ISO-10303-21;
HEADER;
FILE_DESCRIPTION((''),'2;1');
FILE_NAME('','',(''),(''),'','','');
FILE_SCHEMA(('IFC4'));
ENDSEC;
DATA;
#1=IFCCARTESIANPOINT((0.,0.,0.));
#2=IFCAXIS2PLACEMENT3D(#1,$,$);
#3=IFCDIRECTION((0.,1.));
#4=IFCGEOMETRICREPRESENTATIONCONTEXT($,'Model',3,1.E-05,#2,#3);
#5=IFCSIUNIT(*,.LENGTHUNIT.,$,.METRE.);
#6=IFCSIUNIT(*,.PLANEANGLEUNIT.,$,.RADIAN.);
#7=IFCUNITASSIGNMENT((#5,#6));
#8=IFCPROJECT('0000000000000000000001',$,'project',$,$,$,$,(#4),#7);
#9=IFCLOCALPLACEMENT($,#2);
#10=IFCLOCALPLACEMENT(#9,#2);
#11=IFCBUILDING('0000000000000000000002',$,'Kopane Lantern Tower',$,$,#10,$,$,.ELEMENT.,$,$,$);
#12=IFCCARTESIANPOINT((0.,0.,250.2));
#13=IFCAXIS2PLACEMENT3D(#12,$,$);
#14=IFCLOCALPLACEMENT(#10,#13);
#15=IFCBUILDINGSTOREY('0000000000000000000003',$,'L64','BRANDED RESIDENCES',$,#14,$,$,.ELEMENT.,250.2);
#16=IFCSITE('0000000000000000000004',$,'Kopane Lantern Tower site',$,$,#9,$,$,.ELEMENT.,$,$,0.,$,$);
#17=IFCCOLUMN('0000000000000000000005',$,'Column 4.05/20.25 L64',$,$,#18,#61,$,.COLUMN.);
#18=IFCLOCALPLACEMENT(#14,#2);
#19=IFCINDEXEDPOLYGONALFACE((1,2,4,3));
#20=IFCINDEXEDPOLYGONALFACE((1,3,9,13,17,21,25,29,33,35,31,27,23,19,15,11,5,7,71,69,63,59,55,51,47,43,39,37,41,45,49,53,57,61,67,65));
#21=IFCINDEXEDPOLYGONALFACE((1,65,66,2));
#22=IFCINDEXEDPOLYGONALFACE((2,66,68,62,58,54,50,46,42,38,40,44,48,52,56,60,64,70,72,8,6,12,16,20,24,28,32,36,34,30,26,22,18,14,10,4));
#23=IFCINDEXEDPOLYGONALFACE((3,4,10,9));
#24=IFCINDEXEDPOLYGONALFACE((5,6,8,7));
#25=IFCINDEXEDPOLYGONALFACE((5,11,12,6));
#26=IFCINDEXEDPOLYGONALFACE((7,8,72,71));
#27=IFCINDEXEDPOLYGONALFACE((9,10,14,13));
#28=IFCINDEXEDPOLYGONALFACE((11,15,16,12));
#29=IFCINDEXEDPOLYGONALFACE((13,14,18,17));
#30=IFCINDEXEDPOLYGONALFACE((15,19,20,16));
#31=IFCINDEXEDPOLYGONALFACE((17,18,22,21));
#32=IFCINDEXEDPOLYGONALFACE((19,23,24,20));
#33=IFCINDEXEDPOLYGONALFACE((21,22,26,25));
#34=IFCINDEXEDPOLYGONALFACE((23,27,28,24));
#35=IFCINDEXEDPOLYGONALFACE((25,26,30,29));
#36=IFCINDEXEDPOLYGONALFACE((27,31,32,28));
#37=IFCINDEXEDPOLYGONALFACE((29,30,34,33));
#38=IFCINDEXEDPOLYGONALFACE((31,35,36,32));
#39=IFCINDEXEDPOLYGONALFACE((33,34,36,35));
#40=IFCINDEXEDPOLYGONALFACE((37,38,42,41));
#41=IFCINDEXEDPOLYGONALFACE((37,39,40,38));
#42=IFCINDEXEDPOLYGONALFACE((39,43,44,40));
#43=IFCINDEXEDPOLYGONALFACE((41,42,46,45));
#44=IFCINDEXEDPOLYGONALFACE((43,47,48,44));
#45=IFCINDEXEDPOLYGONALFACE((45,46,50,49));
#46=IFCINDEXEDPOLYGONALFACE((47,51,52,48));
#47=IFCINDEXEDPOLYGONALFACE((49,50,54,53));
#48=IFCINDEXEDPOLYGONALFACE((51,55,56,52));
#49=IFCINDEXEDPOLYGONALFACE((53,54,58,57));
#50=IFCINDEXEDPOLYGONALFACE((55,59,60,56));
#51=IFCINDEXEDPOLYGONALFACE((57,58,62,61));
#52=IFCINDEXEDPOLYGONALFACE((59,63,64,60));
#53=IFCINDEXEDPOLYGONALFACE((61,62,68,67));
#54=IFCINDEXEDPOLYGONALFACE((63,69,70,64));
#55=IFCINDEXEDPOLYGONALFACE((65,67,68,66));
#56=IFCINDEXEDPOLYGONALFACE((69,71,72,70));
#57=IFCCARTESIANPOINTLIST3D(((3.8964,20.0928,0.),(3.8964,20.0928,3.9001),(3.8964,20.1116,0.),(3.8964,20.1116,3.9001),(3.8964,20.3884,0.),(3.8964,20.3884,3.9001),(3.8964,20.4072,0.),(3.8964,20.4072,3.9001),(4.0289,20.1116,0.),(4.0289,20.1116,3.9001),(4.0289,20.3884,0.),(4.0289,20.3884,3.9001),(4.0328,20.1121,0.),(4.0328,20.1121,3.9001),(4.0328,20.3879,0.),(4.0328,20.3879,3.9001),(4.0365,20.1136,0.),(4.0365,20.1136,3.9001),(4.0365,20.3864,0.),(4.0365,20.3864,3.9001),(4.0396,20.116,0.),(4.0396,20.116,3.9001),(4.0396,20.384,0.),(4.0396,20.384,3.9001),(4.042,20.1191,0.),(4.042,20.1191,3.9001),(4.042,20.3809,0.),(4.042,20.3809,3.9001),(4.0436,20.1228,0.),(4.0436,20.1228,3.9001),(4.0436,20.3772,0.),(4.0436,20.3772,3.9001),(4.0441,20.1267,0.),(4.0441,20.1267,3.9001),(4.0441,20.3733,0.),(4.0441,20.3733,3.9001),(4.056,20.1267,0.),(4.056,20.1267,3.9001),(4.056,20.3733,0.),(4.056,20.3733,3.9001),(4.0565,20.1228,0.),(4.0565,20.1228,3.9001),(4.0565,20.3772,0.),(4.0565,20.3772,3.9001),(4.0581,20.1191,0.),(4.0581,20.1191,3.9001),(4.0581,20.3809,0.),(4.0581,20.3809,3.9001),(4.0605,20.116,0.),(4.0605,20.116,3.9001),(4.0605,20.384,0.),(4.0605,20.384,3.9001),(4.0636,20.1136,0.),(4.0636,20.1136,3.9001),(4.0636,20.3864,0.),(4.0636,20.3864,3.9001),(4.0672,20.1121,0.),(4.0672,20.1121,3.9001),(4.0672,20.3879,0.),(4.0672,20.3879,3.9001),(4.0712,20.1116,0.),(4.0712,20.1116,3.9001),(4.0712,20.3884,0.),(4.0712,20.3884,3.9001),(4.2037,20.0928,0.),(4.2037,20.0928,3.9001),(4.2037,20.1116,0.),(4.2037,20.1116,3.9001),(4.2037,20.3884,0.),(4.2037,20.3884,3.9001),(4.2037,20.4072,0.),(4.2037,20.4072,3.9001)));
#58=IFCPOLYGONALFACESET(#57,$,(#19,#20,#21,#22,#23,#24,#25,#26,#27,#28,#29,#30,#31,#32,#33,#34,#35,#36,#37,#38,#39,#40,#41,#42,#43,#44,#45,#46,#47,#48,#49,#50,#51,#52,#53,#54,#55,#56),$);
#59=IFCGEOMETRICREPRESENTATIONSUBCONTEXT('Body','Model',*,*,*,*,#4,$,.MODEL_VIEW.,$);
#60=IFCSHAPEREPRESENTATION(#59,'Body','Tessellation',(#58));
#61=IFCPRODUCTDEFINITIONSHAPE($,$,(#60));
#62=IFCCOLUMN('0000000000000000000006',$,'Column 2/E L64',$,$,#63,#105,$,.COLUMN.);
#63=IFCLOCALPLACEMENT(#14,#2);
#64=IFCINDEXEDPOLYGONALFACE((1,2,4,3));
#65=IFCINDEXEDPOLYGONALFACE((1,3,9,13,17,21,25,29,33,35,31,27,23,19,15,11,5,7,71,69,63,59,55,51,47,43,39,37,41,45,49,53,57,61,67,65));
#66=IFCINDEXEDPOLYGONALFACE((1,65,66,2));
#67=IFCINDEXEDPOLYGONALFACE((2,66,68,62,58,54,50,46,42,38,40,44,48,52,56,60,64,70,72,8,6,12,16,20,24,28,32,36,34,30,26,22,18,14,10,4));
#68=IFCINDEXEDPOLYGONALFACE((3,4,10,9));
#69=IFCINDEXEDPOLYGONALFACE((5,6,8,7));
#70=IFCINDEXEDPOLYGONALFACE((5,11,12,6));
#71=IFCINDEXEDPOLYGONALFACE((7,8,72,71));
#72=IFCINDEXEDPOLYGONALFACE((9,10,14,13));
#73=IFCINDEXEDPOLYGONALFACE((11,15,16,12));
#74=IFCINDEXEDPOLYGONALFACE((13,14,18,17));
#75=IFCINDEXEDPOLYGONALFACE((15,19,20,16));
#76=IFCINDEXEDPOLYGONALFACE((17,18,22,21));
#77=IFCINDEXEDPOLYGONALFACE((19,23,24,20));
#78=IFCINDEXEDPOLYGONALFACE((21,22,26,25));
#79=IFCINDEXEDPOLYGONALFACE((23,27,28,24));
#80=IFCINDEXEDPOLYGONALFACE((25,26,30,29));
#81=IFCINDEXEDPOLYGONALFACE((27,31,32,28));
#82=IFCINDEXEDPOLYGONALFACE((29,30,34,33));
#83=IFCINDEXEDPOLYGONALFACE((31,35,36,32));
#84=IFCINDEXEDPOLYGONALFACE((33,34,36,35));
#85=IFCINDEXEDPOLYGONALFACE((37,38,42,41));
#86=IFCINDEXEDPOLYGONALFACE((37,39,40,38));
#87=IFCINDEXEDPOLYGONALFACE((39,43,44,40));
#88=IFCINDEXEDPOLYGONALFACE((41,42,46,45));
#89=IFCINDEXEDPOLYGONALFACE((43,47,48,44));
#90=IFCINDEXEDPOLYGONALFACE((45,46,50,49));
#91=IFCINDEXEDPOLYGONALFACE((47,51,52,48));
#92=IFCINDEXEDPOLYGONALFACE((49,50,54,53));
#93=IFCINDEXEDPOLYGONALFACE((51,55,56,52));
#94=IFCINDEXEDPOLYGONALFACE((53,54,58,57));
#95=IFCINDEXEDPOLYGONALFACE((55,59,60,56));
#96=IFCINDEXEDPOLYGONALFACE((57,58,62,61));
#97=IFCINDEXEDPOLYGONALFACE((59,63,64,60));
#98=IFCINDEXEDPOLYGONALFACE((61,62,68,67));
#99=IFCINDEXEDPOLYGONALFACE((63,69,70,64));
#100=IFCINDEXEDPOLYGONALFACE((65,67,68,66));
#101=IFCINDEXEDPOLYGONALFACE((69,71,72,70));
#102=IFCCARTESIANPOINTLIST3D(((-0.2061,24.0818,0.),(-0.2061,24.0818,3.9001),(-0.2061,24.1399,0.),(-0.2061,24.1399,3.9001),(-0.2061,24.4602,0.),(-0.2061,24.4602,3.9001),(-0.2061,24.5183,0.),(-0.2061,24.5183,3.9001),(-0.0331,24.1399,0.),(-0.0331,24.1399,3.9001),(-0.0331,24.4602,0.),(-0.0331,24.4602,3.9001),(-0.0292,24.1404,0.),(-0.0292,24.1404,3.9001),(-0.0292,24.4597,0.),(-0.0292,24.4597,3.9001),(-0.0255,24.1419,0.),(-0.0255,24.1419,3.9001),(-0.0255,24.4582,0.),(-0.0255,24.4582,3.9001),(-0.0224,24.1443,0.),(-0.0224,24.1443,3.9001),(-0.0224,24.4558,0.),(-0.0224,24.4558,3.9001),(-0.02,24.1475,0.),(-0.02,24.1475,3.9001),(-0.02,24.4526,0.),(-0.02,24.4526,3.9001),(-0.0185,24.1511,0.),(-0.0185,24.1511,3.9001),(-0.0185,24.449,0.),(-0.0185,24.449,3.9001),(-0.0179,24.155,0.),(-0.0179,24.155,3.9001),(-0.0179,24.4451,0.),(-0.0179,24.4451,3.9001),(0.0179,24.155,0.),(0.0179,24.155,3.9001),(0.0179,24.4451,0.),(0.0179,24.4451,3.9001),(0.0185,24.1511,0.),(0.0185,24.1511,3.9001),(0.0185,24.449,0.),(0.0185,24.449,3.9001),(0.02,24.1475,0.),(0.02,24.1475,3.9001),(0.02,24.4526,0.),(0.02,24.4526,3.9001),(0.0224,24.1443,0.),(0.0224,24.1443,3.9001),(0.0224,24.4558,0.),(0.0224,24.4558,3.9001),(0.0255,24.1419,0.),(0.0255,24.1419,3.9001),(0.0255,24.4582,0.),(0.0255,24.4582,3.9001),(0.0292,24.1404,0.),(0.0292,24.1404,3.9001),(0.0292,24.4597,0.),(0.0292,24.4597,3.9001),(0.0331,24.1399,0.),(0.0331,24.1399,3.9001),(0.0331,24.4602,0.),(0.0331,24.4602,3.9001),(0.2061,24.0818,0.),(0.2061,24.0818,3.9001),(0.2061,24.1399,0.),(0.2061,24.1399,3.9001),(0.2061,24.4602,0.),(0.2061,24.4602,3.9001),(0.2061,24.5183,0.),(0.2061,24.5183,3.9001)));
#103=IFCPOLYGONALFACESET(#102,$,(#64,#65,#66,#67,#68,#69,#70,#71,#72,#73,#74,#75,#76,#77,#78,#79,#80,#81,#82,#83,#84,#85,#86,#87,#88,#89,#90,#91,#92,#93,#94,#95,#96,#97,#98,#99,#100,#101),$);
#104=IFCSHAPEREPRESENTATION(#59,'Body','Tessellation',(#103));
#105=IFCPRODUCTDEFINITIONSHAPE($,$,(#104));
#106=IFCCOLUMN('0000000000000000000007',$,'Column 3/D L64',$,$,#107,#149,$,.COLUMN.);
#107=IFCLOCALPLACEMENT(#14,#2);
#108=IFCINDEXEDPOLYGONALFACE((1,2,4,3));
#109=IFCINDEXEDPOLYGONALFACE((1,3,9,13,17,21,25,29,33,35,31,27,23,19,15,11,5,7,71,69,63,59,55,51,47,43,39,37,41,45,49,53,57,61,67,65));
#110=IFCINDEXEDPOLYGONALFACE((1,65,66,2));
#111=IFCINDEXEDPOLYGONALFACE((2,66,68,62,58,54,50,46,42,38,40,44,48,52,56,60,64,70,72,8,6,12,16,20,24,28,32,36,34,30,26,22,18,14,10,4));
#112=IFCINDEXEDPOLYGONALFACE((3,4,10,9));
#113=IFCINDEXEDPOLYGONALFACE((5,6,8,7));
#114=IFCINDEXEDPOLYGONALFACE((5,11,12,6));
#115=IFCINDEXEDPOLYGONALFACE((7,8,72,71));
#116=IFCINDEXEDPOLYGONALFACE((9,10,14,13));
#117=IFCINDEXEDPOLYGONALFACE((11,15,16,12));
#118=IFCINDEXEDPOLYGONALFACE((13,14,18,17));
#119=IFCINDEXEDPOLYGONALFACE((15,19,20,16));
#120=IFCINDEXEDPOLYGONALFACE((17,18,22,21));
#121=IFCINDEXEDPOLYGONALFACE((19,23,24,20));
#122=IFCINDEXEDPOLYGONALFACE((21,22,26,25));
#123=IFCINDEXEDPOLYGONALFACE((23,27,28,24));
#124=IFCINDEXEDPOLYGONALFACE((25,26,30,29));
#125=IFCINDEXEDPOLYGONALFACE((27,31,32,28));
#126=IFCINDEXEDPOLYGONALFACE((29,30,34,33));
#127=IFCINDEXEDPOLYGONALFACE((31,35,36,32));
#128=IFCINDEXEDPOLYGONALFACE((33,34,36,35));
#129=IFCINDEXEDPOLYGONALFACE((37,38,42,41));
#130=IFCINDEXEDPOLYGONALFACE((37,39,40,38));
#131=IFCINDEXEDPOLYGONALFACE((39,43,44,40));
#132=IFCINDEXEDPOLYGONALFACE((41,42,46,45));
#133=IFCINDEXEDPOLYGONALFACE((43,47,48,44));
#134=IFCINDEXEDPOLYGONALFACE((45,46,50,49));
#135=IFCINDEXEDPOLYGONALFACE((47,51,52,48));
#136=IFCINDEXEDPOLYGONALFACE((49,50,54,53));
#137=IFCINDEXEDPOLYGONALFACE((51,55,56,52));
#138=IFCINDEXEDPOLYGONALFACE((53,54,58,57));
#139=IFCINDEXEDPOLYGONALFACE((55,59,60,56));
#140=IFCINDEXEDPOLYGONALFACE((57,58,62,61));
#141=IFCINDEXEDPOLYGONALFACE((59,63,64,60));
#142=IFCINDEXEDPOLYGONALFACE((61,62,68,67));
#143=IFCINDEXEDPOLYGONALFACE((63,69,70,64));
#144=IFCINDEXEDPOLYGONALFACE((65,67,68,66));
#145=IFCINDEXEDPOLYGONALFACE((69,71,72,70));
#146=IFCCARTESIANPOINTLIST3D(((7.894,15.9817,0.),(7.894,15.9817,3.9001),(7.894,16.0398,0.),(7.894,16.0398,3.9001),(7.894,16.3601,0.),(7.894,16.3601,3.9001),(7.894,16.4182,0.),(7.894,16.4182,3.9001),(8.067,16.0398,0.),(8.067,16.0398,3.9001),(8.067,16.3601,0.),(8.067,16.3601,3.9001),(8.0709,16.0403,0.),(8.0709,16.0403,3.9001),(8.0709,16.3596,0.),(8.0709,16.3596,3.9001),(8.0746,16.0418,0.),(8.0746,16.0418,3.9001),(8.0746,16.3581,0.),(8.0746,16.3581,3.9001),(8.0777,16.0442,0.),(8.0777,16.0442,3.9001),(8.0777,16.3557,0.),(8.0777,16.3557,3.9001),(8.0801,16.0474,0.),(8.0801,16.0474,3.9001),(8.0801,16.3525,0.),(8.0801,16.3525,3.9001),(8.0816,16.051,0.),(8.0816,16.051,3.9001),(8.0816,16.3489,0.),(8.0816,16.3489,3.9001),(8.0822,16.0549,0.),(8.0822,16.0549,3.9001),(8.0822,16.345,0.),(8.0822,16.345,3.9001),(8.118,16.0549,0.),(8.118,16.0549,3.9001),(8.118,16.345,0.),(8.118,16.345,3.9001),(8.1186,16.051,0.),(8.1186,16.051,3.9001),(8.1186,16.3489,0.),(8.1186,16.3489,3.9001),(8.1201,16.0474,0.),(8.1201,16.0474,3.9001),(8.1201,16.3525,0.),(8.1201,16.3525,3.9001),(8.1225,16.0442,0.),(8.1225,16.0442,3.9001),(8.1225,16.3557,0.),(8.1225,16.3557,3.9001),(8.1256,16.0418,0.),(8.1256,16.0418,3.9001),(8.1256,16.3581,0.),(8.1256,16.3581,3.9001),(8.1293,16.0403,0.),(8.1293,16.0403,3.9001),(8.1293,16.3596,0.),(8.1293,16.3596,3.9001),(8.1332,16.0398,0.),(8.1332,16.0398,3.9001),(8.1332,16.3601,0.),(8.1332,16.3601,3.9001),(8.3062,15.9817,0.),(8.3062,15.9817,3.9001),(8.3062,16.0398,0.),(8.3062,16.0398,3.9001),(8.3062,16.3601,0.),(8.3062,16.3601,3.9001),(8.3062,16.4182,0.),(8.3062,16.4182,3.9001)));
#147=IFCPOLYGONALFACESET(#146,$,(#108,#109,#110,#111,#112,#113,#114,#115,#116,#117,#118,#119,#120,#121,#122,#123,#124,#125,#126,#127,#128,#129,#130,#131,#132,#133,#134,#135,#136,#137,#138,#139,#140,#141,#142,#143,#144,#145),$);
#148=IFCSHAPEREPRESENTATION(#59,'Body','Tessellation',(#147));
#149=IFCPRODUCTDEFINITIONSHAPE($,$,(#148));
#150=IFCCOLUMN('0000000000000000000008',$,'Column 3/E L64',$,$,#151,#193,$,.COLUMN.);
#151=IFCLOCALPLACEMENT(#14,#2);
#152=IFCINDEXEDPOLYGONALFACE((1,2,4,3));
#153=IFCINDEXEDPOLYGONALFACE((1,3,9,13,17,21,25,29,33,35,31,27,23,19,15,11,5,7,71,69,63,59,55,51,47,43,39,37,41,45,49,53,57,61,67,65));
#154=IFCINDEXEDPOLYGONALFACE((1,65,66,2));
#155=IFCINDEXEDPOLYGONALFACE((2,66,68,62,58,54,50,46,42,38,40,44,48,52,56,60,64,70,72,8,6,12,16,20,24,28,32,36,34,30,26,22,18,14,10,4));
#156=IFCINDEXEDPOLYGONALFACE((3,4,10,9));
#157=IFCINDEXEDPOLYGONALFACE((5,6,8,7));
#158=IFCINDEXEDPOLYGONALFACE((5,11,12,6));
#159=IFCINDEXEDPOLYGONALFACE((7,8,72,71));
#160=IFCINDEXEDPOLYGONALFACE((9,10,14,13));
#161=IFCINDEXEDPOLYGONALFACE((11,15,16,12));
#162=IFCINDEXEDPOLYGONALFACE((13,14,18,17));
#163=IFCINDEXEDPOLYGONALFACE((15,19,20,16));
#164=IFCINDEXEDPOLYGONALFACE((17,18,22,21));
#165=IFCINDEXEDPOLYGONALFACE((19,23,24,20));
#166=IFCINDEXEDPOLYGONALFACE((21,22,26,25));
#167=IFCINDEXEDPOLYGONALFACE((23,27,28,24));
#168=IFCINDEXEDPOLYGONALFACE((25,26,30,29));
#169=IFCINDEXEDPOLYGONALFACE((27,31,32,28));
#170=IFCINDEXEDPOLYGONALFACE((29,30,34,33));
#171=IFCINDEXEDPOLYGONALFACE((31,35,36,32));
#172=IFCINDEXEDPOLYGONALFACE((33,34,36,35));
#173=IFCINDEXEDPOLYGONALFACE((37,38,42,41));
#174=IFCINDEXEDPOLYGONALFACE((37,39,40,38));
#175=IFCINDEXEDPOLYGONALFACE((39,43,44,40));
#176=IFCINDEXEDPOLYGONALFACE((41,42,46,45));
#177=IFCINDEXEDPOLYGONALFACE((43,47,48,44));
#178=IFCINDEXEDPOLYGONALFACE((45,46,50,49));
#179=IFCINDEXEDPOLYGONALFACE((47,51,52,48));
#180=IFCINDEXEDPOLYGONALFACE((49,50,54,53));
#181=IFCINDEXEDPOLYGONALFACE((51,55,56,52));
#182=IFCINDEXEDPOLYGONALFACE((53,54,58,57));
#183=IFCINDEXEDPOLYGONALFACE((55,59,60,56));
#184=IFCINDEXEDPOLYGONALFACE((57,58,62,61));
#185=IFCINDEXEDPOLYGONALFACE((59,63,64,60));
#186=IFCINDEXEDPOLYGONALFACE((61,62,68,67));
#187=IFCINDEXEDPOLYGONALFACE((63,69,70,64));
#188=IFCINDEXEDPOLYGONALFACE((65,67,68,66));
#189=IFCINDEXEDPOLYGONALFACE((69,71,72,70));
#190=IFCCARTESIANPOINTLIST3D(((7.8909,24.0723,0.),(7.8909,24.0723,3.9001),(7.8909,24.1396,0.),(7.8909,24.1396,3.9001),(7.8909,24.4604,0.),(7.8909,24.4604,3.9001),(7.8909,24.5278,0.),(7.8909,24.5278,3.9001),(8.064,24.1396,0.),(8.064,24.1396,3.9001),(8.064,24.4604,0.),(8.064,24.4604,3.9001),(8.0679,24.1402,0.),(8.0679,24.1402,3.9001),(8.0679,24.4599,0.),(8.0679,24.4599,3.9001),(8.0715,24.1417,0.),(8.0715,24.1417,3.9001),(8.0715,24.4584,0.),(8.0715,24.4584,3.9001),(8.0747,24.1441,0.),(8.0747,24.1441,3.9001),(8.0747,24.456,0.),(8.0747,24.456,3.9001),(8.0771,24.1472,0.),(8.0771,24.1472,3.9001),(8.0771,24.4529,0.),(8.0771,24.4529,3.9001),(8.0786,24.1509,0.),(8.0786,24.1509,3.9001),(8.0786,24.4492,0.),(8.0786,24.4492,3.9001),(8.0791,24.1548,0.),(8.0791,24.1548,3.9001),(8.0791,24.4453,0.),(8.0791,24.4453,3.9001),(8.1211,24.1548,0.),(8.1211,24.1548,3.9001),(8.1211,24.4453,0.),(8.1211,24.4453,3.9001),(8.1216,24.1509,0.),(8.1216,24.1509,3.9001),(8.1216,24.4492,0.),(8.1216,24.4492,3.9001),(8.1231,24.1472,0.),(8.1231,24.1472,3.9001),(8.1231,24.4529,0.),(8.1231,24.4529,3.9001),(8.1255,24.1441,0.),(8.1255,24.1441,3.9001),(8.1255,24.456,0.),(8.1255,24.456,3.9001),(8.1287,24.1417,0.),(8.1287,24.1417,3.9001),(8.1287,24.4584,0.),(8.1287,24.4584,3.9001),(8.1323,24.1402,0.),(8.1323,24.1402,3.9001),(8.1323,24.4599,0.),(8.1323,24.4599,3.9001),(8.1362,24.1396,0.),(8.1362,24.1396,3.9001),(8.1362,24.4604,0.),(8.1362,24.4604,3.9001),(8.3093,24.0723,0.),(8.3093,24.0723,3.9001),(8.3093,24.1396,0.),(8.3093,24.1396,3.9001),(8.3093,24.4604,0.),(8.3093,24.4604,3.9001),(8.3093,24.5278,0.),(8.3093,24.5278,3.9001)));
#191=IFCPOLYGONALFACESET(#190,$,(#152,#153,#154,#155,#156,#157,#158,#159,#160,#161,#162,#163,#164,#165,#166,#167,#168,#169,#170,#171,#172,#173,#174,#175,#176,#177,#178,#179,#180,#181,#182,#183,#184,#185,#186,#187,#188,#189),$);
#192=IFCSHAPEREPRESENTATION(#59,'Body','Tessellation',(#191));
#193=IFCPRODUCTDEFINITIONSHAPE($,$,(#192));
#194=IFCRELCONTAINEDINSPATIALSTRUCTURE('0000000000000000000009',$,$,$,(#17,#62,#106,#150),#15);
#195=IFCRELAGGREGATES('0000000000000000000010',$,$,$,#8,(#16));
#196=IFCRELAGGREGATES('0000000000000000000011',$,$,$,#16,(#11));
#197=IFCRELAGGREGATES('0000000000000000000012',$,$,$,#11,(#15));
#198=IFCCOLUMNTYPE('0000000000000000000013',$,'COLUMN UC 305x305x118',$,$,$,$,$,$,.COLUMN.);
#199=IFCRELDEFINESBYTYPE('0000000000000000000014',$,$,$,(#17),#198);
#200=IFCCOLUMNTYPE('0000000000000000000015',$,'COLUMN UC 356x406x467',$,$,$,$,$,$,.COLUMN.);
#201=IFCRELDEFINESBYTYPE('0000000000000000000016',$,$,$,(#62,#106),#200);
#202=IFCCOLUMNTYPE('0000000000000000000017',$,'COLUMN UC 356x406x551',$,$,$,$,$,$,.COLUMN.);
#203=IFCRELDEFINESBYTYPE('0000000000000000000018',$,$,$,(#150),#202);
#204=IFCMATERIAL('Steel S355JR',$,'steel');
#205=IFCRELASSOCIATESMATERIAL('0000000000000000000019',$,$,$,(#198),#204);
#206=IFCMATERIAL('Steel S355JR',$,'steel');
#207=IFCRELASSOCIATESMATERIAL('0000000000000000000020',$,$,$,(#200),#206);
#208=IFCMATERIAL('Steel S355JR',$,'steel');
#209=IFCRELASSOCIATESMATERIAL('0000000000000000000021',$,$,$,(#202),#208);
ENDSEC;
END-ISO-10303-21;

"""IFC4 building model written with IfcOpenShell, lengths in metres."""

from ifc_helpers import new_model, si_unit, direction, frame, origin, origin_2d, place, context, subcontext, project, spatial, i_section, extrude, material, material_profile, profile_set, type_object, element, save


model = new_model("IFC4")

# Units and contexts
model_context = context("Model", 3, precision=1e-05, world=origin(), true_north=direction((0.0, 1.0)))
body_context = subcontext(model_context, "Body", "Model", "MODEL_VIEW")
ifc_project = project(units=[si_unit("LENGTHUNIT", "METRE"), si_unit("PLANEANGLEUNIT", "RADIAN")], contexts=[model_context])

# Site, building, storey
site_placement = place(None, origin())
site = spatial("IfcSite", under=ifc_project, at=site_placement, Name="Kopane Lantern Tower site", CompositionType="ELEMENT", RefElevation=0.0)
building_placement = place(site_placement, origin())
building = spatial("IfcBuilding", under=site, at=building_placement, Name="Kopane Lantern Tower", CompositionType="ELEMENT")
storey_placement = place(building_placement, frame((0.0, 0.0, 250.2)))
storey = spatial("IfcBuildingStorey", under=building, at=storey_placement, Name="L64", Description="BRANDED RESIDENCES", CompositionType="ELEMENT", Elevation=250.2)

# Columns
ifc_material_1 = material(Name="Steel S355JR", Category="steel")
ifc_material_profile_1 = material_profile(ifc_material_1, i_section(OverallWidth=0.3074, OverallDepth=0.3145, WebThickness=0.012, FlangeThickness=0.0188, FilletRadius=0.0151, at=origin_2d()), Name="UC 305x305x118")
ifc_profile_set_1 = profile_set([ifc_material_profile_1], Name="Steel S355JR")
column_type_1 = type_object("IfcColumnType", Name="COLUMN UC 305x305x118", PredefinedType="COLUMN", material=ifc_profile_set_1)
column_1_placement = place(storey_placement, frame((4.05, 20.25, 0.0), z_axis=(0.0, 0.0, 1.0), x_axis=(1.0, 0.0, 0.0)))
element("IfcColumn", 1, at=column_1_placement, inside=storey, type_object=column_type_1, Name="Column 4.05/20.25 L64", PredefinedType="COLUMN", context=body_context, shape_type="SweptSolid", body=[
    extrude(i_section(OverallWidth=0.3074, OverallDepth=0.3145, WebThickness=0.012, FlangeThickness=0.0188, FilletRadius=0.0151, at=origin_2d()), origin(), (0.0, 0.0, 1.0), 3.9001),
])
ifc_material_2 = material(Name="Steel S355JR", Category="steel")
ifc_material_profile_2 = material_profile(ifc_material_2, i_section(OverallWidth=0.4121, OverallDepth=0.4365, WebThickness=0.0359, FlangeThickness=0.0581, FilletRadius=0.0151, at=origin_2d()), Name="UC 356x406x467")
ifc_profile_set_2 = profile_set([ifc_material_profile_2], Name="Steel S355JR")
column_type_2 = type_object("IfcColumnType", Name="COLUMN UC 356x406x467", PredefinedType="COLUMN", material=ifc_profile_set_2)
for number, where, z_axis, x_axis, name in (
    (2, (0.0, 24.3, 0.0), (0.0, 0.0, 1.0), (1.0, 0.0, 0.0), "Column 2/E L64"),
    (3, (8.1001, 16.2, 0.0), (0.0, 0.0, 1.0), (1.0, 0.0, 0.0), "Column 3/D L64"),
):
    element("IfcColumn", number, at=place(storey_placement, frame(where, z_axis=z_axis, x_axis=x_axis)), inside=storey, type_object=column_type_2, Name=name, PredefinedType="COLUMN", context=body_context, shape_type="SweptSolid", body=[
        extrude(i_section(OverallWidth=0.4121, OverallDepth=0.4365, WebThickness=0.0359, FlangeThickness=0.0581, FilletRadius=0.0151, at=origin_2d()), origin(), (0.0, 0.0, 1.0), 3.9001),
    ])
ifc_material_3 = material(Name="Steel S355JR", Category="steel")
ifc_material_profile_3 = material_profile(ifc_material_3, i_section(OverallWidth=0.4185, OverallDepth=0.4556, WebThickness=0.042, FlangeThickness=0.0674, FilletRadius=0.0151, at=origin_2d()), Name="UC 356x406x551")
ifc_profile_set_3 = profile_set([ifc_material_profile_3], Name="Steel S355JR")
column_type_3 = type_object("IfcColumnType", Name="COLUMN UC 356x406x551", PredefinedType="COLUMN", material=ifc_profile_set_3)
column_2_placement = place(storey_placement, frame((8.1001, 24.3, 0.0), z_axis=(0.0, 0.0, 1.0), x_axis=(1.0, 0.0, 0.0)))
element("IfcColumn", 4, at=column_2_placement, inside=storey, type_object=column_type_3, Name="Column 3/E L64", PredefinedType="COLUMN", context=body_context, shape_type="SweptSolid", body=[
    extrude(i_section(OverallWidth=0.4185, OverallDepth=0.4556, WebThickness=0.042, FlangeThickness=0.0674, FilletRadius=0.0151, at=origin_2d()), origin(), (0.0, 0.0, 1.0), 3.9001),
])

save(model, "model.ifc")
